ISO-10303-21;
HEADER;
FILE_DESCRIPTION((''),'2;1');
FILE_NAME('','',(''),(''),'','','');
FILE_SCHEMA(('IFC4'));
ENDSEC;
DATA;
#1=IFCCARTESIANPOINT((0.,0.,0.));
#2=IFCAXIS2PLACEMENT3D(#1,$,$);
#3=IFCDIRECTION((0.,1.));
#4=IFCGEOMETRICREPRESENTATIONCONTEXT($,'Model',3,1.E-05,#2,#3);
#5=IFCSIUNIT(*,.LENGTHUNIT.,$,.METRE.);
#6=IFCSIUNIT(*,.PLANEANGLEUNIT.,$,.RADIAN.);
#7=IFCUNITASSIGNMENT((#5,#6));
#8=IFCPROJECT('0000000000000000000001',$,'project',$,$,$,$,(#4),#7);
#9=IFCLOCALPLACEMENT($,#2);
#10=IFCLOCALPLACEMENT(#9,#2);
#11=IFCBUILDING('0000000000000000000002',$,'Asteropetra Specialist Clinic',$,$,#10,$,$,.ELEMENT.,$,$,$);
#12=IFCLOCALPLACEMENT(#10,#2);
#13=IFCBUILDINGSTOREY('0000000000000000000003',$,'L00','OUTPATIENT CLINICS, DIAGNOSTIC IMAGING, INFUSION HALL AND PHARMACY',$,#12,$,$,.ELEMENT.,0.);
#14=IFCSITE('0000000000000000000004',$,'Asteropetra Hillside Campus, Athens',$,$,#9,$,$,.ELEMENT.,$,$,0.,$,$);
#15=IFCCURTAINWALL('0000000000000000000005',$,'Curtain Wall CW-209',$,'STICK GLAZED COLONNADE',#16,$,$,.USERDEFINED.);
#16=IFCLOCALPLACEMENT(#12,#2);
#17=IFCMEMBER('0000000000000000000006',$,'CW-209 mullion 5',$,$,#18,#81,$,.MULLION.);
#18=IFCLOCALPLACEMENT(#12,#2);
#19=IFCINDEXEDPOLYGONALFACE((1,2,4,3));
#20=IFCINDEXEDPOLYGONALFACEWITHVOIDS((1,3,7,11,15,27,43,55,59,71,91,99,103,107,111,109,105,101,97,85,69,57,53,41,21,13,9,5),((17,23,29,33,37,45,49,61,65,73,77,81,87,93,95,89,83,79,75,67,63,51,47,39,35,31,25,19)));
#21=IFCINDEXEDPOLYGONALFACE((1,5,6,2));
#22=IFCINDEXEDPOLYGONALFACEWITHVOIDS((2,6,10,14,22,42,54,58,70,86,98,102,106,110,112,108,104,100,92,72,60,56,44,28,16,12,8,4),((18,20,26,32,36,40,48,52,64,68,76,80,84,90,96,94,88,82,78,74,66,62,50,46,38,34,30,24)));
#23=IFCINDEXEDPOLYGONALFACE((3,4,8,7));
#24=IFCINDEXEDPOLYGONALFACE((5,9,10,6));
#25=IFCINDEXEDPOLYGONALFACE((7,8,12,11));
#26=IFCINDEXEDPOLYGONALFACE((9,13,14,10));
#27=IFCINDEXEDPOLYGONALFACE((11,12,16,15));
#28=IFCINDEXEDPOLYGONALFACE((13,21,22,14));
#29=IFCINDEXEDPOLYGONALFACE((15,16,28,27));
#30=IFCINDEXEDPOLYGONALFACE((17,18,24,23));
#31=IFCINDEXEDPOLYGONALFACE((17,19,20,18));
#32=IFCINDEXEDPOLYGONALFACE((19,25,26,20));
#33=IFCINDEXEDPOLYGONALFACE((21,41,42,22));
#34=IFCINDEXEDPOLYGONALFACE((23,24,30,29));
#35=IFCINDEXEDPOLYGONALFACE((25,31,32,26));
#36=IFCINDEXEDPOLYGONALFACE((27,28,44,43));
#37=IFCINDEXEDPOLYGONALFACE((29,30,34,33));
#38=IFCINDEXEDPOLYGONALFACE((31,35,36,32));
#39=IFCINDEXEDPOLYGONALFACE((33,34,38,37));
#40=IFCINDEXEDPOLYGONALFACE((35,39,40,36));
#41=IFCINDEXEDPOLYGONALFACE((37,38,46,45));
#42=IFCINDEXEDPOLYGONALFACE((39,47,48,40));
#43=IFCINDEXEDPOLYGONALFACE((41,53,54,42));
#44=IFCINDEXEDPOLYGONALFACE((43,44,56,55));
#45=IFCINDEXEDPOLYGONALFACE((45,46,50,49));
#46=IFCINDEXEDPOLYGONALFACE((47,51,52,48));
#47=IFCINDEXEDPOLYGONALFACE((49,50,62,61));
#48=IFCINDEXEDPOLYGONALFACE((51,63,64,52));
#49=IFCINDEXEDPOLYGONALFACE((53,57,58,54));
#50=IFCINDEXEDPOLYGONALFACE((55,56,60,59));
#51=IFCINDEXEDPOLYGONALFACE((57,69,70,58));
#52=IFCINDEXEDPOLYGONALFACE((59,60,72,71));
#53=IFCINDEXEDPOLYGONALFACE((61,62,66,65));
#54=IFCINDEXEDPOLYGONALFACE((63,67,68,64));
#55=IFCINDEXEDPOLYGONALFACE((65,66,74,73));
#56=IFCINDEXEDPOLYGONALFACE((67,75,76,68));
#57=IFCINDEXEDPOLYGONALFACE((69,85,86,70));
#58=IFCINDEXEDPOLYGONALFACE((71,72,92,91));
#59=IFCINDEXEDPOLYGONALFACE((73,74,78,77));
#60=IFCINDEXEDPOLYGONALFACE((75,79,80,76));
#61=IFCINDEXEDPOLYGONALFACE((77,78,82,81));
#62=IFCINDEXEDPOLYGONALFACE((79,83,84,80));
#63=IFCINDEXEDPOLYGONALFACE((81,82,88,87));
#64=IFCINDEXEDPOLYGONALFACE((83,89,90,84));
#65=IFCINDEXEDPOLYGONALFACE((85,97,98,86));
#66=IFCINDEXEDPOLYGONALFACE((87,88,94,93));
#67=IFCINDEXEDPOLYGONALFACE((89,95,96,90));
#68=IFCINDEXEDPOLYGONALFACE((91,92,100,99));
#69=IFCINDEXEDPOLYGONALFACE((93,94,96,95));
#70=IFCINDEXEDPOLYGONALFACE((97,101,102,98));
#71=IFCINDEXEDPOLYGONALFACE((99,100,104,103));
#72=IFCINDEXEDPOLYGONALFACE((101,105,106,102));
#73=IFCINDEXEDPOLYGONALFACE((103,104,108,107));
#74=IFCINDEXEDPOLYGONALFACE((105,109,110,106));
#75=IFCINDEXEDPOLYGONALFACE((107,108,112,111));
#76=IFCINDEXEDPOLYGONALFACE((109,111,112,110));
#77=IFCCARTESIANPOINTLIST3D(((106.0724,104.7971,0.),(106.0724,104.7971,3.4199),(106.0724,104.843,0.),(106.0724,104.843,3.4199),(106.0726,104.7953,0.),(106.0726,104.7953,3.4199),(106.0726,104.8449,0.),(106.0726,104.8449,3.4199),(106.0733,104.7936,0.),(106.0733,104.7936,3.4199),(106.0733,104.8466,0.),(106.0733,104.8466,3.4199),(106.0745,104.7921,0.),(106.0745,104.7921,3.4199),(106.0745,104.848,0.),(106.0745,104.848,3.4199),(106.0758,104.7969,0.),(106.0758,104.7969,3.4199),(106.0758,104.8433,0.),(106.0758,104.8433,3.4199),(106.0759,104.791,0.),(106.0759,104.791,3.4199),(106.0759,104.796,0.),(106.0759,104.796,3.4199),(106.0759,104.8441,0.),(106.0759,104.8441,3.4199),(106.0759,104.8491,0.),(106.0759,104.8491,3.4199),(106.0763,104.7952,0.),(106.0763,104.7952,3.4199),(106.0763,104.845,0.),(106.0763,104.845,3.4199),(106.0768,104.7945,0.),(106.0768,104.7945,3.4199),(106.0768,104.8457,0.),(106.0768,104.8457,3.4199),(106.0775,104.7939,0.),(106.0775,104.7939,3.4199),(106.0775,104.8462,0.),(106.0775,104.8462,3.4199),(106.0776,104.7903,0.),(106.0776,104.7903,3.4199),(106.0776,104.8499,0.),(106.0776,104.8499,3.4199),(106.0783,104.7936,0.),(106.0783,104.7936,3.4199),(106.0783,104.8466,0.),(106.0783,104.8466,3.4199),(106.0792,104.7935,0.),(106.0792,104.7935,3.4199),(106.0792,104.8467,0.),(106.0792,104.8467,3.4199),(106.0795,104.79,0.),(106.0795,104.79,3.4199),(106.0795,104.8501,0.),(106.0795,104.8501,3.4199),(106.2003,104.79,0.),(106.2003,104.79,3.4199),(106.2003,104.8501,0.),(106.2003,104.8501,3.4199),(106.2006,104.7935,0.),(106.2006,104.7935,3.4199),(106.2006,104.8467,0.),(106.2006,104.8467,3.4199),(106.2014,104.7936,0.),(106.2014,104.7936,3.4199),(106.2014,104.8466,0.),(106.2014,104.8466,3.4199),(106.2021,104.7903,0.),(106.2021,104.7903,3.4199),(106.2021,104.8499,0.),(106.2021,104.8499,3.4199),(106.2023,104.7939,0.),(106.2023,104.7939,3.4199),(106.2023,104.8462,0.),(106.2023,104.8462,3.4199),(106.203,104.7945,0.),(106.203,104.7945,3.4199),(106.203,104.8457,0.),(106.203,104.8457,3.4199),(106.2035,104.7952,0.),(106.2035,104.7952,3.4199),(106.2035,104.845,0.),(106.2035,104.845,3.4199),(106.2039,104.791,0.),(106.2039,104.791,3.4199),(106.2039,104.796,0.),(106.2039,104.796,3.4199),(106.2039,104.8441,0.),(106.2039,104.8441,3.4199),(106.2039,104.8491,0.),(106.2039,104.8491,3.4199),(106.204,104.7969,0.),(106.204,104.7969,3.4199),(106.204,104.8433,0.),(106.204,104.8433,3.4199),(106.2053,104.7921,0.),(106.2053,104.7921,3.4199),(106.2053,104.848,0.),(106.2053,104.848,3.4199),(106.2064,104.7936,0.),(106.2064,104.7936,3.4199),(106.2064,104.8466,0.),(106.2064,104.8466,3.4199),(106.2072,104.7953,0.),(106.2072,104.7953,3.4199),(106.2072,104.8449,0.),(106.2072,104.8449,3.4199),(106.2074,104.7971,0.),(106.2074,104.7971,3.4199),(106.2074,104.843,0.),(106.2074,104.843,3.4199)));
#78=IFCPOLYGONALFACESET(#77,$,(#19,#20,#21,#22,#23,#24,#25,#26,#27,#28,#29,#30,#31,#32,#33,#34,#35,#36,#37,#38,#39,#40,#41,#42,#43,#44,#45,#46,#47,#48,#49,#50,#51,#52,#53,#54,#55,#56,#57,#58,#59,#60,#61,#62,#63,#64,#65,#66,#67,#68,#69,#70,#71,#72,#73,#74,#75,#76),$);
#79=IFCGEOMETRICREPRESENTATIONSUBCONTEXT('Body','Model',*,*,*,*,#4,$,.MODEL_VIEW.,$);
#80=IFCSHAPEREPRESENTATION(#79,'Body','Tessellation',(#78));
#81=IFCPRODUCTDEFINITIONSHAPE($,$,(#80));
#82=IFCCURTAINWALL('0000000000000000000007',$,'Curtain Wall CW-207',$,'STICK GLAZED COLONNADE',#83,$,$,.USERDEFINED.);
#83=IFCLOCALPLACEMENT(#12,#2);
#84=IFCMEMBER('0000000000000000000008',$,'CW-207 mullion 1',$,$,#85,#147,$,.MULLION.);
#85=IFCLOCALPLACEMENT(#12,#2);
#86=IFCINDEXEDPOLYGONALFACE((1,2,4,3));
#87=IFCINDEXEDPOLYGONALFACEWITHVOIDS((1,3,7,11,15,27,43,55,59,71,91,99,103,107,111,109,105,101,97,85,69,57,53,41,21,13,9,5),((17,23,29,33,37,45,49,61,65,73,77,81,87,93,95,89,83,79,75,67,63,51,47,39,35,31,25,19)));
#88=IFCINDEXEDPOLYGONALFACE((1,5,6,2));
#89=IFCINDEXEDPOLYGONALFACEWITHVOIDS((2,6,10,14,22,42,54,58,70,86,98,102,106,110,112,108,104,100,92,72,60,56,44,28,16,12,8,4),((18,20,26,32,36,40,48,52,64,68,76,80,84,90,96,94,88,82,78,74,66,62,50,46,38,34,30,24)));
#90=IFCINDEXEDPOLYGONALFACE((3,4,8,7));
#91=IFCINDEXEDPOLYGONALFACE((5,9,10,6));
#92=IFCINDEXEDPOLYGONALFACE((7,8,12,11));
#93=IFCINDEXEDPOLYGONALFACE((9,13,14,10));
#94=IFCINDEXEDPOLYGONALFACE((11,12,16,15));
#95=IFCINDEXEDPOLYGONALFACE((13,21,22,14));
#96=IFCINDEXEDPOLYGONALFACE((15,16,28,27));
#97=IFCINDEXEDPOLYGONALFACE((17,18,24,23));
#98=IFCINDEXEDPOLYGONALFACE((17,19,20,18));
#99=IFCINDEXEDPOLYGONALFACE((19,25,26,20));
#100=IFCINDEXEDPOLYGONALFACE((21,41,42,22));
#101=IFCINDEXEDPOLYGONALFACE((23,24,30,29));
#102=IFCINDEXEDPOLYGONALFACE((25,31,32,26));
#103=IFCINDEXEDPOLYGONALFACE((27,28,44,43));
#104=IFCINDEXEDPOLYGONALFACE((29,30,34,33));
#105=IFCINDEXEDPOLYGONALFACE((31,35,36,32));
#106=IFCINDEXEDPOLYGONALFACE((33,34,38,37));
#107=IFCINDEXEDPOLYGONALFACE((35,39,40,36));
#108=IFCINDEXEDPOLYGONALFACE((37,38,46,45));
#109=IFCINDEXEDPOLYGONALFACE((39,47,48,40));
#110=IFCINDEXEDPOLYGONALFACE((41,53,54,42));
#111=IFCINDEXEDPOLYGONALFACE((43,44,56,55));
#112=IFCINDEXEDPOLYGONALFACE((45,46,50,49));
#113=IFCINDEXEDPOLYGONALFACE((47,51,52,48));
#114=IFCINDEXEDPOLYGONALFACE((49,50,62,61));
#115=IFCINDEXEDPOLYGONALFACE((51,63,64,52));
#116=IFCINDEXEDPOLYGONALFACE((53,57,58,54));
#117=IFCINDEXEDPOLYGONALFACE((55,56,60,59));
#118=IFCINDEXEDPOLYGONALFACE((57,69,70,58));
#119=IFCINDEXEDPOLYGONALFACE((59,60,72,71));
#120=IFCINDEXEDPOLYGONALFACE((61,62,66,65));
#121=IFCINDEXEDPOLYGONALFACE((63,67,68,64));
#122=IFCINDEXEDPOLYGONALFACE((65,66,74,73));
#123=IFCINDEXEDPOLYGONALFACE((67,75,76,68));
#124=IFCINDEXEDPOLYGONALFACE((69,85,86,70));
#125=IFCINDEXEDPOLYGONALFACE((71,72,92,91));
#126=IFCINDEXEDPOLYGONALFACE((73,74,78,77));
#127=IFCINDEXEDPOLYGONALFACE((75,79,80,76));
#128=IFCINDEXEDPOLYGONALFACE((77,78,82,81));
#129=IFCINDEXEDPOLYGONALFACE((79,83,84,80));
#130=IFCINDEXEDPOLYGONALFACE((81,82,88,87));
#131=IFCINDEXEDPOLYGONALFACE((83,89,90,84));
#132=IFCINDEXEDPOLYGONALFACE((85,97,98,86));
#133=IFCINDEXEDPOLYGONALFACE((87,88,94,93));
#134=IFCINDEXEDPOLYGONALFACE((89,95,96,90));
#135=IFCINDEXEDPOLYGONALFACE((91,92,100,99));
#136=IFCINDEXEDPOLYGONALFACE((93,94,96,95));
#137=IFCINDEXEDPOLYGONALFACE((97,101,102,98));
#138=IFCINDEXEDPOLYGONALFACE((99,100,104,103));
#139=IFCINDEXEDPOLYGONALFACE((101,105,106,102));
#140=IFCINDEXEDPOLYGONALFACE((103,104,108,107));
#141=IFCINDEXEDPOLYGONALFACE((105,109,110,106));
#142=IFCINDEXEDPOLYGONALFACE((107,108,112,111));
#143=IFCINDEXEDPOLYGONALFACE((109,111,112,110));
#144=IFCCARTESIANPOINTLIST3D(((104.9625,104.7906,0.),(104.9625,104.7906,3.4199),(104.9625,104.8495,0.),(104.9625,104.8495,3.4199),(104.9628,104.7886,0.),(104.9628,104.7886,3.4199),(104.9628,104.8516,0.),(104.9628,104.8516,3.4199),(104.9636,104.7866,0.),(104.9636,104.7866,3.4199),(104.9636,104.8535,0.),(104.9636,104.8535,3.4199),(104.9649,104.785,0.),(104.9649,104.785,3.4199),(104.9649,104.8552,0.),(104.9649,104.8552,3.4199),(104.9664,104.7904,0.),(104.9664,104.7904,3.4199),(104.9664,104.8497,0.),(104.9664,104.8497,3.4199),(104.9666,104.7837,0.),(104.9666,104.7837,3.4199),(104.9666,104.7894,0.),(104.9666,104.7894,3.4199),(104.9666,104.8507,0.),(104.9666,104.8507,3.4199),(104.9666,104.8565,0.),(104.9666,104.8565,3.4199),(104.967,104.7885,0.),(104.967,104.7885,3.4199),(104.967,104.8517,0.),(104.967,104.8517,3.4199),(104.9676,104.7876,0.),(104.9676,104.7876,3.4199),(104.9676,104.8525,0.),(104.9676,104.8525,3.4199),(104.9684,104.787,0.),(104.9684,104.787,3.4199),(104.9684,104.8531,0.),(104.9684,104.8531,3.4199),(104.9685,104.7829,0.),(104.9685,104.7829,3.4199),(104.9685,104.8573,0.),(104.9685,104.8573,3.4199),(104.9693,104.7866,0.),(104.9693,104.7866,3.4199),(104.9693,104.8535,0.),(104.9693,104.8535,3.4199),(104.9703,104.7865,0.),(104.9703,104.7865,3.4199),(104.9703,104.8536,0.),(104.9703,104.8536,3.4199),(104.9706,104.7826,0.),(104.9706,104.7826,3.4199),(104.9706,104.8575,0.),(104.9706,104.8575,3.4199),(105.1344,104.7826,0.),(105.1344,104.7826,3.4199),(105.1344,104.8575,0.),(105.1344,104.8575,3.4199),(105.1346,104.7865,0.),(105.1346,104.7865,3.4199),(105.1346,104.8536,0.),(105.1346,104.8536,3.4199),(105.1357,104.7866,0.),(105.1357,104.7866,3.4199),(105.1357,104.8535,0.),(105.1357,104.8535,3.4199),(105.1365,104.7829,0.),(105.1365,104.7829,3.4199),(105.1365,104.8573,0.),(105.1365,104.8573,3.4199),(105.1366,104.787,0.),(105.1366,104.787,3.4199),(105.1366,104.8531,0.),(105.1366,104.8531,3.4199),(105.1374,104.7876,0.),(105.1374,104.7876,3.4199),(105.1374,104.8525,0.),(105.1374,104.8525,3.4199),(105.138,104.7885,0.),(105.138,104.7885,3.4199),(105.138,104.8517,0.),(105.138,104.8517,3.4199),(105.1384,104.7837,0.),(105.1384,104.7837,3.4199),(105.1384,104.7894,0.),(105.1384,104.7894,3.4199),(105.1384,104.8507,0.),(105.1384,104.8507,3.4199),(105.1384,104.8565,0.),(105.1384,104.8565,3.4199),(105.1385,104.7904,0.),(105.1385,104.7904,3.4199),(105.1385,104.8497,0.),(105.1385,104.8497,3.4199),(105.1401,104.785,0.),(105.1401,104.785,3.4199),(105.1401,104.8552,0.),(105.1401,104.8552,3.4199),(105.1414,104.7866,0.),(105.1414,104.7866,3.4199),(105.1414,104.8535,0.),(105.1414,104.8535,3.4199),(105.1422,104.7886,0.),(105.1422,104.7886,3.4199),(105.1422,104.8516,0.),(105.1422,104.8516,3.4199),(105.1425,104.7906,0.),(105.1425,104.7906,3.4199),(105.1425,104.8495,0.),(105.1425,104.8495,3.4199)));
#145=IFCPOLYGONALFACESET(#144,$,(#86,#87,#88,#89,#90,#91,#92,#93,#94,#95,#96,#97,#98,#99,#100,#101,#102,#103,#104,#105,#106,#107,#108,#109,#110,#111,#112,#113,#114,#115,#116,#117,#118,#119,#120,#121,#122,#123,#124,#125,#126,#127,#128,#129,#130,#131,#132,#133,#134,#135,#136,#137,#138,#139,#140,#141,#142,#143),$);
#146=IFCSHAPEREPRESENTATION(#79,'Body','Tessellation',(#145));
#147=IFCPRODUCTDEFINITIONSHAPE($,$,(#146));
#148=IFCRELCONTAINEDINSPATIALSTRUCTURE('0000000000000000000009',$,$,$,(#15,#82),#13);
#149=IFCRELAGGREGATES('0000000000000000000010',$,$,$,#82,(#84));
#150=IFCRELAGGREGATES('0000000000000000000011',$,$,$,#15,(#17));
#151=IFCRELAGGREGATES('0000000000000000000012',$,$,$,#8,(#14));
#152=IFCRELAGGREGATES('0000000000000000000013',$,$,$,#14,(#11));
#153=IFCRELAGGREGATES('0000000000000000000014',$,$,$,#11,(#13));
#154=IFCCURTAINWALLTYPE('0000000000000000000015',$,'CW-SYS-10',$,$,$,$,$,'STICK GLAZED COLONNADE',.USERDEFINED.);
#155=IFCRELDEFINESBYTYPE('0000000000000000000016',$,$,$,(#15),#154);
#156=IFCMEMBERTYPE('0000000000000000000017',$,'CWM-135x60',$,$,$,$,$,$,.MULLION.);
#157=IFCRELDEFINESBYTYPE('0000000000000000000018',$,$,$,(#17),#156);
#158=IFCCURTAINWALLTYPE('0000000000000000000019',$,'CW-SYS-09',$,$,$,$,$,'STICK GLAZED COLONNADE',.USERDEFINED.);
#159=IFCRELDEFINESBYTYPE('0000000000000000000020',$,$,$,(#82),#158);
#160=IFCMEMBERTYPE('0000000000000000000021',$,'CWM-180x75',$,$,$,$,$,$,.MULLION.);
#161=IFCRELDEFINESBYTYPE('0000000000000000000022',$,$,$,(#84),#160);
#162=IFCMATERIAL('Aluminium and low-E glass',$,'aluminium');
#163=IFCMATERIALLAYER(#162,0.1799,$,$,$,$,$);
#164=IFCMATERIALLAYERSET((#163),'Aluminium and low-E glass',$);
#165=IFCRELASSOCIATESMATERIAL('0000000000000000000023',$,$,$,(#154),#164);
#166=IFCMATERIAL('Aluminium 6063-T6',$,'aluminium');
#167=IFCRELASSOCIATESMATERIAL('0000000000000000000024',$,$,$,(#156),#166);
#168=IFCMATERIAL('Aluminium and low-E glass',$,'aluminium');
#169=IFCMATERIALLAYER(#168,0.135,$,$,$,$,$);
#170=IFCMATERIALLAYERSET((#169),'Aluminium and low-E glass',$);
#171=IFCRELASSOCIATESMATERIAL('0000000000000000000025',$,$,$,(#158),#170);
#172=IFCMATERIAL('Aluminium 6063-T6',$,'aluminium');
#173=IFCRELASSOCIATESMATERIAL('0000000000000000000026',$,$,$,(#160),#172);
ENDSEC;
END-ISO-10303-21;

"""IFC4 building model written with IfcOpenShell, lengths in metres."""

from ifc_helpers import new_model, si_unit, direction, frame, origin, origin_2d, place, context, subcontext, project, spatial, hollow_rectangle, extrude, material, layer, layer_set, material_profile, profile_set, type_object, element, aggregate, save


model = new_model("IFC4")

# Units and contexts
model_context = context("Model", 3, precision=1e-05, world=origin(), true_north=direction((0.0, 1.0)))
body_context = subcontext(model_context, "Body", "Model", "MODEL_VIEW")
ifc_project = project(units=[si_unit("LENGTHUNIT", "METRE"), si_unit("PLANEANGLEUNIT", "RADIAN")], contexts=[model_context])

# Site, building, storey
site_placement = place(None, origin())
site = spatial("IfcSite", under=ifc_project, at=site_placement, Name="Asteropetra Hillside Campus, Athens", CompositionType="ELEMENT", RefElevation=0.0)
building_placement = place(site_placement, origin())
building = spatial("IfcBuilding", under=site, at=building_placement, Name="Asteropetra Specialist Clinic", CompositionType="ELEMENT")
storey_placement = place(building_placement, origin())
storey = spatial("IfcBuildingStorey", under=building, at=storey_placement, Name="L00", Description="OUTPATIENT CLINICS, DIAGNOSTIC IMAGING, INFUSION HALL AND PHARMACY", CompositionType="ELEMENT", Elevation=0.0)

# Curtain walls, members
ifc_material_1 = material(Name="Aluminium and low-E glass", Category="aluminium")
ifc_layer_1 = layer(ifc_material_1, 0.1799)
ifc_layer_set_1 = layer_set([ifc_layer_1], Name="Aluminium and low-E glass")
curtain_wall_type_1 = type_object("IfcCurtainWallType", Name="CW-SYS-10", ElementType="STICK GLAZED COLONNADE", PredefinedType="USERDEFINED", material=ifc_layer_set_1)
curtain_wall_1_placement = place(storey_placement, origin())
curtain_wall_1 = element("IfcCurtainWall", 1, at=curtain_wall_1_placement, inside=storey, type_object=curtain_wall_type_1, Name="Curtain Wall CW-209", ObjectType="STICK GLAZED COLONNADE", PredefinedType="USERDEFINED")
ifc_material_2 = material(Name="Aluminium 6063-T6", Category="aluminium")
ifc_material_profile_1 = material_profile(ifc_material_2, hollow_rectangle(XDim=0.0601, YDim=0.135, WallThickness=0.0034, InnerFilletRadius=0.0034, OuterFilletRadius=0.0071, at=origin_2d()), Name="MUL 135x60x3.5")
ifc_profile_set_1 = profile_set([ifc_material_profile_1], Name="Aluminium 6063-T6")
member_type_1 = type_object("IfcMemberType", Name="CWM-135x60", PredefinedType="MULLION", material=ifc_profile_set_1)
member_1_placement = place(storey_placement, frame((106.1399, 104.8201, 0.0), z_axis=(0.0, 0.0, 1.0), x_axis=(0.0, -1.0, 0.0)))
member_1 = element("IfcMember", 2, at=member_1_placement, type_object=member_type_1, Name="CW-209 mullion 5", PredefinedType="MULLION", context=body_context, shape_type="SweptSolid", body=[
    extrude(hollow_rectangle(XDim=0.0601, YDim=0.135, WallThickness=0.0034, InnerFilletRadius=0.0034, OuterFilletRadius=0.0071, at=origin_2d()), origin(), (0.0, 0.0, 1.0), 3.4199),
])
ifc_material_3 = material(Name="Aluminium and low-E glass", Category="aluminium")
ifc_layer_2 = layer(ifc_material_3, 0.135)
ifc_layer_set_2 = layer_set([ifc_layer_2], Name="Aluminium and low-E glass")
curtain_wall_type_2 = type_object("IfcCurtainWallType", Name="CW-SYS-09", ElementType="STICK GLAZED COLONNADE", PredefinedType="USERDEFINED", material=ifc_layer_set_2)
curtain_wall_2_placement = place(storey_placement, origin())
curtain_wall_2 = element("IfcCurtainWall", 3, at=curtain_wall_2_placement, inside=storey, type_object=curtain_wall_type_2, Name="Curtain Wall CW-207", ObjectType="STICK GLAZED COLONNADE", PredefinedType="USERDEFINED")
ifc_material_4 = material(Name="Aluminium 6063-T6", Category="aluminium")
ifc_material_profile_2 = material_profile(ifc_material_4, hollow_rectangle(XDim=0.075, YDim=0.1799, WallThickness=0.0039, InnerFilletRadius=0.0039, OuterFilletRadius=0.0081, at=origin_2d()), Name="MUL 180x75x4.0")
ifc_profile_set_2 = profile_set([ifc_material_profile_2], Name="Aluminium 6063-T6")
member_type_2 = type_object("IfcMemberType", Name="CWM-180x75", PredefinedType="MULLION", material=ifc_profile_set_2)
member_2_placement = place(storey_placement, frame((105.0525, 104.8201, 0.0), z_axis=(0.0, 0.0, 1.0), x_axis=(0.0, -1.0, 0.0)))
member_2 = element("IfcMember", 4, at=member_2_placement, type_object=member_type_2, Name="CW-207 mullion 1", PredefinedType="MULLION", context=body_context, shape_type="SweptSolid", body=[
    extrude(hollow_rectangle(XDim=0.075, YDim=0.1799, WallThickness=0.0039, InnerFilletRadius=0.0039, OuterFilletRadius=0.0081, at=origin_2d()), origin(), (0.0, 0.0, 1.0), 3.4199),
])

aggregate(curtain_wall_2, [member_2])

aggregate(curtain_wall_1, [member_1])

save(model, "model.ifc")
